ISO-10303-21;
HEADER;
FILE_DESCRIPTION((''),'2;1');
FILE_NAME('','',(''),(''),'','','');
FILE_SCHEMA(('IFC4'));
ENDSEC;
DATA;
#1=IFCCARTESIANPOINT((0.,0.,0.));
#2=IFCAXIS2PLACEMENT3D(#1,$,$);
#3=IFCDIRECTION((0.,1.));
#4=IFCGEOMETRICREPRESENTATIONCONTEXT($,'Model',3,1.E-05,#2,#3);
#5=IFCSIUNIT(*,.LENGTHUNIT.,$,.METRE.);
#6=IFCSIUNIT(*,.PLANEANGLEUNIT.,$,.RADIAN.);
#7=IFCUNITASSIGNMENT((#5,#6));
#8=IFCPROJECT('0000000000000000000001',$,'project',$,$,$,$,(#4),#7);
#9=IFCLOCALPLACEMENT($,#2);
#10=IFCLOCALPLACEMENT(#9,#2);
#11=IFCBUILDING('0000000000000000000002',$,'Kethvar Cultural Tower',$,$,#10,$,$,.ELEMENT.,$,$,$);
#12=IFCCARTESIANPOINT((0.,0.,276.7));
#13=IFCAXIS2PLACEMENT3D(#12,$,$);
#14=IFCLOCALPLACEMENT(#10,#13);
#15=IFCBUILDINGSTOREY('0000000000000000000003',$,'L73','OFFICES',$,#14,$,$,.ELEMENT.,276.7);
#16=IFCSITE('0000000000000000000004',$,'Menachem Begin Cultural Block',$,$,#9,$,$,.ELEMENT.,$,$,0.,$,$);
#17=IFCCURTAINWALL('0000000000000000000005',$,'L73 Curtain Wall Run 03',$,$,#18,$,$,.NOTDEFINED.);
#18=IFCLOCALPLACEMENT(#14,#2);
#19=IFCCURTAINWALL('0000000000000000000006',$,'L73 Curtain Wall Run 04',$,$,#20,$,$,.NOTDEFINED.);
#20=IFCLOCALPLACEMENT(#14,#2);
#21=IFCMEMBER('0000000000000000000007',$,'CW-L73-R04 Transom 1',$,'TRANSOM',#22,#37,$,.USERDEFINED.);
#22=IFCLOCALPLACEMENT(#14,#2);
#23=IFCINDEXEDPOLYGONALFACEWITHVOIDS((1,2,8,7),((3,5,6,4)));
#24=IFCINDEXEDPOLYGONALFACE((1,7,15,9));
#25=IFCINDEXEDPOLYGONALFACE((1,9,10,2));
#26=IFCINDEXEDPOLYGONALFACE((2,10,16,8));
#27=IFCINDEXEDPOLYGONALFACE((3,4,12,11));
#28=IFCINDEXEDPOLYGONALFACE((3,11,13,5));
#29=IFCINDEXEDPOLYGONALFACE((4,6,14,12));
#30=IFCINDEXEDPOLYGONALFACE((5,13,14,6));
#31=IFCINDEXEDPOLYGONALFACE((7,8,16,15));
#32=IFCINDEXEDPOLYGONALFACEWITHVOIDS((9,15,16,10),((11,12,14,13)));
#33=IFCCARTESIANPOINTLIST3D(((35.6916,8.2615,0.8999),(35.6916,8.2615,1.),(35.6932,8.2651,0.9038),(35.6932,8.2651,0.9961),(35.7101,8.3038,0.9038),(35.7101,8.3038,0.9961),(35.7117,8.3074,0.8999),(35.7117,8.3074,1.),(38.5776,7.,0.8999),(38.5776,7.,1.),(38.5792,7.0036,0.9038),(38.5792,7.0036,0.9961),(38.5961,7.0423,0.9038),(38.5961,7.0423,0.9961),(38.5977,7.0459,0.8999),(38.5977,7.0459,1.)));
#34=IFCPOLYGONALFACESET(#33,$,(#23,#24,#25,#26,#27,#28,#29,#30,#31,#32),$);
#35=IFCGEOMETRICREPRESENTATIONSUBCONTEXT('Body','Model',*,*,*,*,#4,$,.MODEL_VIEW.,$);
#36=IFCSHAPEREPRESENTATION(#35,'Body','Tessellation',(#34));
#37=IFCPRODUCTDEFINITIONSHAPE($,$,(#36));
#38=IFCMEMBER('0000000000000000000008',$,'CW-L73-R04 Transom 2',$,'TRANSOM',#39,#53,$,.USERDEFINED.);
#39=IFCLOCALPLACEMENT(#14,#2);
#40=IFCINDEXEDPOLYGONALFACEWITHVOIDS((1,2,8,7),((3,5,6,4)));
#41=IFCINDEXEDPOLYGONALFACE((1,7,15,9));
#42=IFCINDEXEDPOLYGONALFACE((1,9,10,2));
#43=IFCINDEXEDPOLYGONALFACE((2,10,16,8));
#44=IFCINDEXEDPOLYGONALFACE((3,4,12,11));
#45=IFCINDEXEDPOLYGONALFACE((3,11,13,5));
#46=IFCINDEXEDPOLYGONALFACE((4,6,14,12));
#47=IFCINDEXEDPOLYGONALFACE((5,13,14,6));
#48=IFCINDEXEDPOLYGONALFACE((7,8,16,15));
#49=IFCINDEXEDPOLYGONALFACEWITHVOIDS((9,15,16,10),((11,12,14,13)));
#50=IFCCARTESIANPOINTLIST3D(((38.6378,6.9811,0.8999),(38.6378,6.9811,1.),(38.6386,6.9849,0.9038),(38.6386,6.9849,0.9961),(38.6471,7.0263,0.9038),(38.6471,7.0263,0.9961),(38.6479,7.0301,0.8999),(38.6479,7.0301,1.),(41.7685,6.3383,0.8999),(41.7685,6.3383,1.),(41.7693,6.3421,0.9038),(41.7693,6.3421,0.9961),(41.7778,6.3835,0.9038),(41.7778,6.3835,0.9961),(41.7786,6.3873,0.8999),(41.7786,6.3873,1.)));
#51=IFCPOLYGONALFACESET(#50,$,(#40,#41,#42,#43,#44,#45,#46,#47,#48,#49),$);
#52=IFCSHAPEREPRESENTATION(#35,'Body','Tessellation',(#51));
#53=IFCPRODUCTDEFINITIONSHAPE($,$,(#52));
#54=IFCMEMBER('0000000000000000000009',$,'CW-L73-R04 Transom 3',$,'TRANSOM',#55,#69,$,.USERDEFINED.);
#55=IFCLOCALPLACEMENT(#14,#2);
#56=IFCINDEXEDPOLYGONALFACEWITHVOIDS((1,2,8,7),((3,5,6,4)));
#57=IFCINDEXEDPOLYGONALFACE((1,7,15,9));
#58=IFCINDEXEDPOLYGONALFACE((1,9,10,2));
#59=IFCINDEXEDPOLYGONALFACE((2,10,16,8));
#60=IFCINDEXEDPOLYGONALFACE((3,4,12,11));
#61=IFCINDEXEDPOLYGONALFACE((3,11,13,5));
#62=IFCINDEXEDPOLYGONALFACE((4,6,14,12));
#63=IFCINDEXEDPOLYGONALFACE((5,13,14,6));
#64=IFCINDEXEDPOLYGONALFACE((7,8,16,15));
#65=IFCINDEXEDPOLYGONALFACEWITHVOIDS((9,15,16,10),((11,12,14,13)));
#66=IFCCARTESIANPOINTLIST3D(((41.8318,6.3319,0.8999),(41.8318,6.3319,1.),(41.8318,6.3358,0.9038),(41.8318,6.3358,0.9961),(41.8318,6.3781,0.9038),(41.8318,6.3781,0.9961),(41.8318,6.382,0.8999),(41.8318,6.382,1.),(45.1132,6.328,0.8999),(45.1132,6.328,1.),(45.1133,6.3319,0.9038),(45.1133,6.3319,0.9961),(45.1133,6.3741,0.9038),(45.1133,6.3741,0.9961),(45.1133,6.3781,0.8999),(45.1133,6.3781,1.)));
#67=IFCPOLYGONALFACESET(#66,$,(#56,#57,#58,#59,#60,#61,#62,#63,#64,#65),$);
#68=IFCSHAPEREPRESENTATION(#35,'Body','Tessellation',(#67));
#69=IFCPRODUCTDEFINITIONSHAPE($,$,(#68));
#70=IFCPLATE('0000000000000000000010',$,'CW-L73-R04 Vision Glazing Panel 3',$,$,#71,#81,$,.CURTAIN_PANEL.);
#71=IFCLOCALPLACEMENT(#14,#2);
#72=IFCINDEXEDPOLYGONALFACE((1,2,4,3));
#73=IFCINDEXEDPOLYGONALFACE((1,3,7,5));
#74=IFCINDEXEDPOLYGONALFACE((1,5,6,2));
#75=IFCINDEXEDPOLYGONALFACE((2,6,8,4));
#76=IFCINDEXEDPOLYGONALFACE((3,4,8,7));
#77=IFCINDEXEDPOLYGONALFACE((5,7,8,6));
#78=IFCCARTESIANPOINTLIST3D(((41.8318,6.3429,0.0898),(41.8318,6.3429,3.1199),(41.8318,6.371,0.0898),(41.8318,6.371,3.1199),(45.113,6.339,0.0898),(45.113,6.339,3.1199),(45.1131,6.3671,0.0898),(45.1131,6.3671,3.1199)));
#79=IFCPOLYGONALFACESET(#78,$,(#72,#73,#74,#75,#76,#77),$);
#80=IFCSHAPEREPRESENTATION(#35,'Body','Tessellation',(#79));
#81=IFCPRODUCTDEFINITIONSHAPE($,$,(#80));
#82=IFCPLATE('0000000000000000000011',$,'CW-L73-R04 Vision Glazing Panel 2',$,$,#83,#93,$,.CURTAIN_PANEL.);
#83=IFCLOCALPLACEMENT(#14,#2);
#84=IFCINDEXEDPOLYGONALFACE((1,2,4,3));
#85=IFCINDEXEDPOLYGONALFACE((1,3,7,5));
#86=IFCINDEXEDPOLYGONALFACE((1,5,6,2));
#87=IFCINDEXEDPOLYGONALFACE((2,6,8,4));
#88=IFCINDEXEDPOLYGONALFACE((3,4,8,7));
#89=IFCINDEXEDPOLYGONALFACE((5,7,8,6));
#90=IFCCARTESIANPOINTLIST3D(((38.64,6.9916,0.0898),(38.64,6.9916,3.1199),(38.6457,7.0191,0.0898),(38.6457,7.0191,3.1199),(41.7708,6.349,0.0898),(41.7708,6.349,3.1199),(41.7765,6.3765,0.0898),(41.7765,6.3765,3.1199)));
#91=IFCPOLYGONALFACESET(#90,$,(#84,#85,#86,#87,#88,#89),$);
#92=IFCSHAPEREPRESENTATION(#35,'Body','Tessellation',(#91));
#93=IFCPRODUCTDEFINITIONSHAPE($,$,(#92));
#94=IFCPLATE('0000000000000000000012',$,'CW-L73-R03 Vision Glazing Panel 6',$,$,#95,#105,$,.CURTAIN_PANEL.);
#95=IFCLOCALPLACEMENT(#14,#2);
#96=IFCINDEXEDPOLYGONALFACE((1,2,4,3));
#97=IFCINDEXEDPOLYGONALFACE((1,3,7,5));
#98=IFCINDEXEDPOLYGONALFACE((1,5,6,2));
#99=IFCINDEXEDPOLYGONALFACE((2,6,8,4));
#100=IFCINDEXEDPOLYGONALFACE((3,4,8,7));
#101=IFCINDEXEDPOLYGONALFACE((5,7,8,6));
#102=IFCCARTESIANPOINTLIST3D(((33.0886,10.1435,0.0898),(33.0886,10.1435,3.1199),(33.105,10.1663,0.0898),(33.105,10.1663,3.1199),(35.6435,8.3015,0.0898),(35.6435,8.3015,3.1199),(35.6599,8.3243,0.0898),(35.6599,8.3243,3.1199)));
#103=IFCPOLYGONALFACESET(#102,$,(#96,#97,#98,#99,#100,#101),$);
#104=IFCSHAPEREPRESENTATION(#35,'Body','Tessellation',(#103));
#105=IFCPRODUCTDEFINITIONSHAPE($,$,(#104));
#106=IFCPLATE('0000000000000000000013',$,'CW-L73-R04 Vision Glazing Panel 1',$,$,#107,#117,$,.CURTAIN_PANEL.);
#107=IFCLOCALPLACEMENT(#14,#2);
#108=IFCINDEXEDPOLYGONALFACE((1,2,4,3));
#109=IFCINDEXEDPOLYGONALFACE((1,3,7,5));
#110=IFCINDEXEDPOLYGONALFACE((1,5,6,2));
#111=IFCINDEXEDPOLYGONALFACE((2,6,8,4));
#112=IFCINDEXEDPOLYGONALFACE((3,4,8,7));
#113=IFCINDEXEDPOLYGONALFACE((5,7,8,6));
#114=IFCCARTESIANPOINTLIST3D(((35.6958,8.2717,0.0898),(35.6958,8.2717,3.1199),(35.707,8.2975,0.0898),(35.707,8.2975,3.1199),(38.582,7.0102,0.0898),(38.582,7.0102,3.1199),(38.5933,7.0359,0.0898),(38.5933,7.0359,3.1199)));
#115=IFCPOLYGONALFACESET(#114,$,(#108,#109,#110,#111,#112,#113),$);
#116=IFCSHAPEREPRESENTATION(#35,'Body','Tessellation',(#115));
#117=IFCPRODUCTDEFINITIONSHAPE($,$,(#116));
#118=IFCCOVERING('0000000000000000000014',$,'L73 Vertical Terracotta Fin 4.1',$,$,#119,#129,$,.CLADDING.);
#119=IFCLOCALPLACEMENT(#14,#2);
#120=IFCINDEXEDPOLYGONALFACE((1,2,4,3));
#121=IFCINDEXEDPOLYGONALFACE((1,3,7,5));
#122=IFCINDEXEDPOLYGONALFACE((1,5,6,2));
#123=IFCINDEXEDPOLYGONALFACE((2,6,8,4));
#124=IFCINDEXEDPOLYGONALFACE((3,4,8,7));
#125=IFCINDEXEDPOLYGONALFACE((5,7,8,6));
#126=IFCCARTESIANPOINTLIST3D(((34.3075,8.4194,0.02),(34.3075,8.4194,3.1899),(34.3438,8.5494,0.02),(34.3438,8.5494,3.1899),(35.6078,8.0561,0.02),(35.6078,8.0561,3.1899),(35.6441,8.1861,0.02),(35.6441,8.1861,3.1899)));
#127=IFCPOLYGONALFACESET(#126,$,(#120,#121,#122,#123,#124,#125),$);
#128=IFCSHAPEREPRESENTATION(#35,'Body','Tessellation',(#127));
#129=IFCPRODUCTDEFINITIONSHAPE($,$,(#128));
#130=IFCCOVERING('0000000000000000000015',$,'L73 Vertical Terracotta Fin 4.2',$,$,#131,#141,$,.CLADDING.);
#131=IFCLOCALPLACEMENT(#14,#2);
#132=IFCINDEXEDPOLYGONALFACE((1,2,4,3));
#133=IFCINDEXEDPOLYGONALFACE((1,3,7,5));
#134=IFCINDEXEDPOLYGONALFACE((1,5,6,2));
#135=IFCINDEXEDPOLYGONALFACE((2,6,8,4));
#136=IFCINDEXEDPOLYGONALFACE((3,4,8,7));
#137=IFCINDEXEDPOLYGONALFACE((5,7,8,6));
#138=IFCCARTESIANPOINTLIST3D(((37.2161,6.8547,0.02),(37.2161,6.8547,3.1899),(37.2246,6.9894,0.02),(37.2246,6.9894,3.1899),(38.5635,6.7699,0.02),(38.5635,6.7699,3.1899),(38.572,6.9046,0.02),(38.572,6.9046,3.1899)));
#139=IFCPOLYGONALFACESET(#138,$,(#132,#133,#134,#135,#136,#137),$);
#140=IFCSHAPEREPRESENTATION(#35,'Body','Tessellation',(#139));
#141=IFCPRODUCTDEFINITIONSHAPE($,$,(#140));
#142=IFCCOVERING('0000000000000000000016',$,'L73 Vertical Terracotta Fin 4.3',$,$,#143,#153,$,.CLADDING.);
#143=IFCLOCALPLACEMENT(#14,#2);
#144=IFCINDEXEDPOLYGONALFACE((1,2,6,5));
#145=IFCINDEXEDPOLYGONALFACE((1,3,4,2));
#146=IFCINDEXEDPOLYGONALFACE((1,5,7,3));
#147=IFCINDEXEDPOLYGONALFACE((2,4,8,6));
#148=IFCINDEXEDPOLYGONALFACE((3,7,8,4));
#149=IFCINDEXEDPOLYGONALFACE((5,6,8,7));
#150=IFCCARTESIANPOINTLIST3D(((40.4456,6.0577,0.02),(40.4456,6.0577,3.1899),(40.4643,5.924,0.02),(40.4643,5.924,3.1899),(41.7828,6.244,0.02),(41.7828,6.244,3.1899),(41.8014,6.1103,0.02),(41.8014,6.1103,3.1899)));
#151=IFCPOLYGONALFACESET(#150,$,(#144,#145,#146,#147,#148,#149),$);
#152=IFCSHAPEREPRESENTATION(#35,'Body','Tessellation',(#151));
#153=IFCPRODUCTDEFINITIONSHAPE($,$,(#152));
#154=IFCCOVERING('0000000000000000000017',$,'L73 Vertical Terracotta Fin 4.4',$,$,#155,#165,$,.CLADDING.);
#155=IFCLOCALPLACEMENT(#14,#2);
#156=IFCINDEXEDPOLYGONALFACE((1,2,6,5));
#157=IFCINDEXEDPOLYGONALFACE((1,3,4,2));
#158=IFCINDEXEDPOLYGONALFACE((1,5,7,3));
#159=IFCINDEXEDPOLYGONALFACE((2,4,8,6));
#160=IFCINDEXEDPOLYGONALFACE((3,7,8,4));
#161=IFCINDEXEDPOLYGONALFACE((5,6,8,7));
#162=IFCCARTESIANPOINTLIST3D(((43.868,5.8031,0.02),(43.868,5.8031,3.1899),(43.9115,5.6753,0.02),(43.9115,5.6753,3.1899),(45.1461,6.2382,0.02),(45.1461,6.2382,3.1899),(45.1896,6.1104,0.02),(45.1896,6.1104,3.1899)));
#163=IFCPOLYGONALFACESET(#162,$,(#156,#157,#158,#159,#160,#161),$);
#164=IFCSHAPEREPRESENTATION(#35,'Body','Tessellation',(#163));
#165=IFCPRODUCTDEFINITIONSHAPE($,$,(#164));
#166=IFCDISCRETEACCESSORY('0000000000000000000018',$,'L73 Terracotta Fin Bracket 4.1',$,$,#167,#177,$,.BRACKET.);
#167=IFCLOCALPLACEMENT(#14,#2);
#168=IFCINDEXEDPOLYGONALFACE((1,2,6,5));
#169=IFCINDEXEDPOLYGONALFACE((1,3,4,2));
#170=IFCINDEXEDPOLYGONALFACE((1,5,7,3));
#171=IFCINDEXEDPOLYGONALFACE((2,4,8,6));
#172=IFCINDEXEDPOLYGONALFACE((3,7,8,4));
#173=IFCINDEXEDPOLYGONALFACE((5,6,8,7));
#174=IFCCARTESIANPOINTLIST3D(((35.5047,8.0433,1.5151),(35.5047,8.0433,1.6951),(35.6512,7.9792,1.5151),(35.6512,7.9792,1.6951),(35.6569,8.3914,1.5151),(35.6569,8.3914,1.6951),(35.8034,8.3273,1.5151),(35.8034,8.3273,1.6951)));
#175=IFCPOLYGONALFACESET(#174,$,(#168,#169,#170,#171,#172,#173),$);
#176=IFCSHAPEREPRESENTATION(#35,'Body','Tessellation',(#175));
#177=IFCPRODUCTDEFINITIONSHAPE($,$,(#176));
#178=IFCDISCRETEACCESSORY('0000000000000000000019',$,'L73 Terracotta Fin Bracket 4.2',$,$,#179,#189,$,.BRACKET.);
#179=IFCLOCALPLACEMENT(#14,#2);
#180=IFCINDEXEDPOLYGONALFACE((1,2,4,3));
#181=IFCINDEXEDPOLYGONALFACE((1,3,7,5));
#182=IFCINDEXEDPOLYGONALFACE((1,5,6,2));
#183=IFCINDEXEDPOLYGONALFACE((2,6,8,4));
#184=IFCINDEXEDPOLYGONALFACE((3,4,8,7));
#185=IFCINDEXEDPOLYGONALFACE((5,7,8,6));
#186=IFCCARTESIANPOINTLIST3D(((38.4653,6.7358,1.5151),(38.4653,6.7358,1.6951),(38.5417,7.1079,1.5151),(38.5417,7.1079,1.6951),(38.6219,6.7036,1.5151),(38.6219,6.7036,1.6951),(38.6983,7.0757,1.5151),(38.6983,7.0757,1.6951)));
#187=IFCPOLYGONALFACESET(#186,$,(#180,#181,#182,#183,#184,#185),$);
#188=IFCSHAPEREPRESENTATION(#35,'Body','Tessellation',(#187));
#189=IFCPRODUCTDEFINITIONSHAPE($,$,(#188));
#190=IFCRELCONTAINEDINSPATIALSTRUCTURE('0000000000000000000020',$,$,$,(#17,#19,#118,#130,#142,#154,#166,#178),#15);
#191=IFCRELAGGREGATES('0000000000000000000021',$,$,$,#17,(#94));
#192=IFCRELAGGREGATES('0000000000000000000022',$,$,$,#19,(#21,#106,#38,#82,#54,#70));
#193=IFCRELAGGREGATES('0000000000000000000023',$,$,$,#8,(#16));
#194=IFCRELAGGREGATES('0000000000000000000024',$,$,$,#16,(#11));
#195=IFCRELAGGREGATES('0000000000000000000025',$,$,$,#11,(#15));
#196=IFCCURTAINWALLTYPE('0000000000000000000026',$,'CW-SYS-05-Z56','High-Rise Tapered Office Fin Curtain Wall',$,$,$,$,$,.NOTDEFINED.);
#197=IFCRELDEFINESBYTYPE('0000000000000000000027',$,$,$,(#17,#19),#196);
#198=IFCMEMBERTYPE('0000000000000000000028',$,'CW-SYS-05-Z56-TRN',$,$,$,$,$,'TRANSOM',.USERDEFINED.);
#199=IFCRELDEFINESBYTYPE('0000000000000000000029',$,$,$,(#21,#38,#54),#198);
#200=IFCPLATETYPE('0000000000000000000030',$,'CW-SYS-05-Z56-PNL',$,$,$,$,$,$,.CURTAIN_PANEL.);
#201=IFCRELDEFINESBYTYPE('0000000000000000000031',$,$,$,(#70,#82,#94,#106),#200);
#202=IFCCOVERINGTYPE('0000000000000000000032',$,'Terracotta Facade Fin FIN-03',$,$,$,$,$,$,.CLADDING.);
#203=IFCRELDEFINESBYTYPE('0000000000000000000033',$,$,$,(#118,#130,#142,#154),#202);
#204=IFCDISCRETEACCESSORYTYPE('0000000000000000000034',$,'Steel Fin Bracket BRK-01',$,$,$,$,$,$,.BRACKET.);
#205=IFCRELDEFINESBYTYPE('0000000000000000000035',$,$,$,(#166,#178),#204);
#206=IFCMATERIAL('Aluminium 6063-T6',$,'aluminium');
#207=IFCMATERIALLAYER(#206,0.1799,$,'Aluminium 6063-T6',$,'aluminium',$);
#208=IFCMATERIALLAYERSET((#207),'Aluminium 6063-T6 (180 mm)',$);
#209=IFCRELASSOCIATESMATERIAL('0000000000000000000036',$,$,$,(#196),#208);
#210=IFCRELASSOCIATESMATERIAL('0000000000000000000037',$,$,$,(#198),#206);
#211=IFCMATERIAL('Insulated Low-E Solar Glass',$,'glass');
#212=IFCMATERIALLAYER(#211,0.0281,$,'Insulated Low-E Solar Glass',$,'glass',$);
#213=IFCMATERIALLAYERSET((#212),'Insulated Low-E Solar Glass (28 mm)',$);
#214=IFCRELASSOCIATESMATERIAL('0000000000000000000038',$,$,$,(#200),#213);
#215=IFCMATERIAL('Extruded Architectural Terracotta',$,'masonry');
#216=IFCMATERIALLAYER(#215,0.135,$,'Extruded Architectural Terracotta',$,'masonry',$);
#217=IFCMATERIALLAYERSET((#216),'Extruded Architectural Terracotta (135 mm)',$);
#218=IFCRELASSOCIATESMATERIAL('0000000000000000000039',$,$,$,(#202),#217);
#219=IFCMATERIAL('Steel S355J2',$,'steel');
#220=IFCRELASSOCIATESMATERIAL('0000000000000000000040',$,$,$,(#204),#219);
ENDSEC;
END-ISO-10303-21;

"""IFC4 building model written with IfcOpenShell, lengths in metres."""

from ifc_helpers import new_model, si_unit, direction, frame, origin, origin_2d, place, context, subcontext, project, spatial, rectangle, hollow_rectangle, extrude, source, transform, mapped, material, layer, layer_set, material_profile, profile_set, type_object, element, aggregate, save


model = new_model("IFC4")

# Units and contexts
model_context = context("Model", 3, precision=1e-05, world=origin(), true_north=direction((0.0, 1.0)))
body_context = subcontext(model_context, "Body", "Model", "MODEL_VIEW")
ifc_project = project(units=[si_unit("LENGTHUNIT", "METRE"), si_unit("PLANEANGLEUNIT", "RADIAN")], contexts=[model_context])

# Site, building, storey
site_placement = place(None, origin())
site = spatial("IfcSite", under=ifc_project, at=site_placement, Name="Menachem Begin Cultural Block", CompositionType="ELEMENT", RefElevation=0.0)
building_placement = place(site_placement, origin())
building = spatial("IfcBuilding", under=site, at=building_placement, Name="Kethvar Cultural Tower", CompositionType="ELEMENT")
storey_placement = place(building_placement, frame((0.0, 0.0, 276.7)))
storey = spatial("IfcBuildingStorey", under=building, at=storey_placement, Name="L73", Description="OFFICES", CompositionType="ELEMENT", Elevation=276.7)

# Shared definitions
ifc_material_1 = material(Name="Steel S355J2", Category="steel")

# Curtain wall
ifc_material_2 = material(Name="Aluminium 6063-T6", Category="aluminium")
ifc_layer_1 = layer(ifc_material_2, 0.1799, Name="Aluminium 6063-T6", Category="aluminium")
ifc_layer_set_1 = layer_set([ifc_layer_1], Name="Aluminium 6063-T6 (180 mm)")
curtain_wall_type = type_object("IfcCurtainWallType", Name="CW-SYS-05-Z56", Description="High-Rise Tapered Office Fin Curtain Wall", PredefinedType="NOTDEFINED", material=ifc_layer_set_1)
curtain_wall_1_placement = place(storey_placement, origin())
curtain_wall_1 = element("IfcCurtainWall", 1, at=curtain_wall_1_placement, inside=storey, type_object=curtain_wall_type, Name="L73 Curtain Wall Run 03", PredefinedType="NOTDEFINED")

# Curtain wall, members, plates
curtain_wall_2_placement = place(storey_placement, origin())
curtain_wall_2 = element("IfcCurtainWall", 2, at=curtain_wall_2_placement, inside=storey, type_object=curtain_wall_type, Name="L73 Curtain Wall Run 04", PredefinedType="NOTDEFINED")
ifc_material_profile_1 = material_profile(ifc_material_2, hollow_rectangle(XDim=0.05, YDim=0.1001, WallThickness=0.0039, at=origin_2d()), Name="Aluminium 6063-T6 — RHS100x50x4")
ifc_profile_set_1 = profile_set([ifc_material_profile_1], Name="Aluminium 6063-T6 — RHS100x50x4")
member_type_1 = type_object("IfcMemberType", Name="CW-SYS-05-Z56-TRN", ElementType="TRANSOM", PredefinedType="USERDEFINED", material=ifc_profile_set_1)
shared_shape_1 = source(origin(), body_context, "Body", "SweptSolid", [
    extrude(hollow_rectangle(XDim=0.05, YDim=0.1001, WallThickness=0.0039, at=origin_2d()), origin(), (0.0, 0.0, 1.0), 3.1497),
])
member_1_placement = place(storey_placement, frame((35.7017, 8.2844, 0.95), z_axis=(0.916291, -0.400514, 0.0), x_axis=(0.400514, 0.916291, 0.0)))
member_1 = element("IfcMember", 3, at=member_1_placement, type_object=member_type_1, Name="CW-L73-R04 Transom 1", ObjectType="TRANSOM", PredefinedType="USERDEFINED", context=body_context, shape_type="MappedRepresentation", body=[
    mapped(shared_shape_1, transform((0.0, 0.0, 0.0), scale=1.0)),
])
shared_shape_2 = source(origin(), body_context, "Body", "SweptSolid", [
    extrude(hollow_rectangle(XDim=0.05, YDim=0.1001, WallThickness=0.0039, at=origin_2d()), origin(), (0.0, 0.0, 1.0), 3.196),
])
member_2_placement = place(storey_placement, frame((38.6428, 7.0056, 0.95), z_axis=(0.979563, -0.201138, 0.0), x_axis=(0.201138, 0.979563, 0.0)))
member_2 = element("IfcMember", 4, at=member_2_placement, type_object=member_type_1, Name="CW-L73-R04 Transom 2", ObjectType="TRANSOM", PredefinedType="USERDEFINED", context=body_context, shape_type="MappedRepresentation", body=[
    mapped(shared_shape_2, transform((0.0, 0.0, 0.0), scale=1.0)),
])
shared_shape_3 = source(origin(), body_context, "Body", "SweptSolid", [
    extrude(hollow_rectangle(XDim=0.05, YDim=0.1001, WallThickness=0.0039, at=origin_2d()), origin(), (0.0, 0.0, 1.0), 3.2815),
])
member_3_placement = place(storey_placement, frame((41.8318, 6.3569, 0.95), z_axis=(0.999999, -0.00119, 0.0), x_axis=(0.00119, 0.999999, 0.0)))
member_3 = element("IfcMember", 5, at=member_3_placement, type_object=member_type_1, Name="CW-L73-R04 Transom 3", ObjectType="TRANSOM", PredefinedType="USERDEFINED", context=body_context, shape_type="MappedRepresentation", body=[
    mapped(shared_shape_3, transform((0.0, 0.0, 0.0), scale=1.0)),
])
ifc_material_3 = material(Name="Insulated Low-E Solar Glass", Category="glass")
ifc_layer_2 = layer(ifc_material_3, 0.0281, Name="Insulated Low-E Solar Glass", Category="glass")
ifc_layer_set_2 = layer_set([ifc_layer_2], Name="Insulated Low-E Solar Glass (28 mm)")
plate_type = type_object("IfcPlateType", Name="CW-SYS-05-Z56-PNL", PredefinedType="CURTAIN_PANEL", material=ifc_layer_set_2)
shared_shape_4 = source(origin(), body_context, "Body", "SweptSolid", [
    extrude(rectangle(XDim=3.2812, YDim=0.0281, at=origin_2d()), origin(), (0.0, 0.0, 1.0), 3.03),
])
plate_1_placement = place(storey_placement, frame((43.4724, 6.355, 0.0898), z_axis=(0.0, 0.0, 1.0), x_axis=(0.999999, -0.001187, 0.0)))
plate_1 = element("IfcPlate", 6, at=plate_1_placement, type_object=plate_type, Name="CW-L73-R04 Vision Glazing Panel 3", PredefinedType="CURTAIN_PANEL", context=body_context, shape_type="MappedRepresentation", body=[
    mapped(shared_shape_4, transform((0.0, 0.0, 0.0), scale=1.0)),
])
shared_shape_5 = source(origin(), body_context, "Body", "SweptSolid", [
    extrude(rectangle(XDim=3.196, YDim=0.0281, at=origin_2d()), origin(), (0.0, 0.0, 1.0), 3.03),
])
plate_2_placement = place(storey_placement, frame((40.2083, 6.6841, 0.0898), z_axis=(0.0, 0.0, 1.0), x_axis=(0.979579, -0.201061, 0.0)))
plate_2 = element("IfcPlate", 7, at=plate_2_placement, type_object=plate_type, Name="CW-L73-R04 Vision Glazing Panel 2", PredefinedType="CURTAIN_PANEL", context=body_context, shape_type="MappedRepresentation", body=[
    mapped(shared_shape_5, transform((0.0, 0.0, 0.0), scale=1.0)),
])

# Plates
shared_shape_6 = source(origin(), body_context, "Body", "SweptSolid", [
    extrude(rectangle(XDim=3.1497, YDim=0.0281, at=origin_2d()), origin(), (0.0, 0.0, 1.0), 3.03),
])
plate_3_placement = place(storey_placement, frame((34.3743, 9.2339, 0.0898), z_axis=(0.0, 0.0, 1.0), x_axis=(0.811156, -0.58483, 0.0)))
plate_3 = element("IfcPlate", 8, at=plate_3_placement, type_object=plate_type, Name="CW-L73-R03 Vision Glazing Panel 6", PredefinedType="CURTAIN_PANEL", context=body_context, shape_type="MappedRepresentation", body=[
    mapped(shared_shape_6, transform((0.0, 0.0, 0.0), scale=1.0)),
])
aggregate(curtain_wall_1, [plate_3])
shared_shape_7 = source(origin(), body_context, "Body", "SweptSolid", [
    extrude(rectangle(XDim=3.1499, YDim=0.0281, at=origin_2d()), origin(), (0.0, 0.0, 1.0), 3.03),
])
plate_4_placement = place(storey_placement, frame((37.1445, 7.6538, 0.0898), z_axis=(0.0, 0.0, 1.0), x_axis=(0.916293, -0.400509, 0.0)))
plate_4 = element("IfcPlate", 9, at=plate_4_placement, type_object=plate_type, Name="CW-L73-R04 Vision Glazing Panel 1", PredefinedType="CURTAIN_PANEL", context=body_context, shape_type="MappedRepresentation", body=[
    mapped(shared_shape_7, transform((0.0, 0.0, 0.0), scale=1.0)),
])
aggregate(curtain_wall_2, [member_1, plate_4, member_2, plate_2, member_3, plate_1])

# Coverings
ifc_material_4 = material(Name="Extruded Architectural Terracotta", Category="masonry")
ifc_layer_3 = layer(ifc_material_4, 0.135, Name="Extruded Architectural Terracotta", Category="masonry")
ifc_layer_set_3 = layer_set([ifc_layer_3], Name="Extruded Architectural Terracotta (135 mm)")
covering_type = type_object("IfcCoveringType", Name="Terracotta Facade Fin FIN-03", PredefinedType="CLADDING", material=ifc_layer_set_3)
shared_shape_8 = source(origin(), body_context, "Body", "SweptSolid", [
    extrude(rectangle(XDim=1.3501, YDim=0.135, at=origin_2d()), origin(), (0.0, 0.0, 1.0), 3.1699),
])
for number, where, z_axis, x_axis, name in (
    (10, (34.9758, 8.3027, 0.02), (0.0, 0.0, 1.0), (-0.963116, 0.269088, 0.0), "L73 Vertical Terracotta Fin 4.1"),
    (11, (37.894, 6.8796, 0.02), (0.0, 0.0, 1.0), (-0.998027, 0.062791, 0.0), "L73 Vertical Terracotta Fin 4.2"),
    (12, (41.1235, 6.084, 0.02), (0.0, 0.0, 1.0), (-0.990437, -0.137963, 0.0), "L73 Vertical Terracotta Fin 4.3"),
    (13, (44.5288, 5.9568, 0.02), (0.0, 0.0, 1.0), (-0.946649, -0.322266, 0.0), "L73 Vertical Terracotta Fin 4.4"),
):
    element("IfcCovering", number, at=place(storey_placement, frame(where, z_axis=z_axis, x_axis=x_axis)), inside=storey, type_object=covering_type, Name=name, PredefinedType="CLADDING", context=body_context, shape_type="MappedRepresentation", body=[
        mapped(shared_shape_8, transform((0.0, 0.0, 0.0), scale=1.0)),
    ])

# Discrete accessories
discrete_accessory_type = type_object("IfcDiscreteAccessoryType", Name="Steel Fin Bracket BRK-01", PredefinedType="BRACKET", material=ifc_material_1)
shared_shape_9 = source(origin(), body_context, "Body", "SweptSolid", [
    extrude(rectangle(XDim=0.3799, YDim=0.1599, at=origin_2d()), origin(), (0.0, 0.0, 1.0), 0.1799),
])
for number, where, z_axis, x_axis, name in (
    (14, (35.6541, 8.1853, 1.5151), (0.0, 0.0, 1.0), (-0.400509, -0.916293, 0.0), "L73 Terracotta Fin Bracket 4.1"),
    (15, (38.5818, 6.9058, 1.5151), (0.0, 0.0, 1.0), (-0.201078, -0.979575, 0.0), "L73 Terracotta Fin Bracket 4.2"),
):
    element("IfcDiscreteAccessory", number, at=place(storey_placement, frame(where, z_axis=z_axis, x_axis=x_axis)), inside=storey, type_object=discrete_accessory_type, Name=name, PredefinedType="BRACKET", context=body_context, shape_type="MappedRepresentation", body=[
        mapped(shared_shape_9, transform((0.0, 0.0, 0.0), scale=1.0)),
    ])

save(model, "model.ifc")
